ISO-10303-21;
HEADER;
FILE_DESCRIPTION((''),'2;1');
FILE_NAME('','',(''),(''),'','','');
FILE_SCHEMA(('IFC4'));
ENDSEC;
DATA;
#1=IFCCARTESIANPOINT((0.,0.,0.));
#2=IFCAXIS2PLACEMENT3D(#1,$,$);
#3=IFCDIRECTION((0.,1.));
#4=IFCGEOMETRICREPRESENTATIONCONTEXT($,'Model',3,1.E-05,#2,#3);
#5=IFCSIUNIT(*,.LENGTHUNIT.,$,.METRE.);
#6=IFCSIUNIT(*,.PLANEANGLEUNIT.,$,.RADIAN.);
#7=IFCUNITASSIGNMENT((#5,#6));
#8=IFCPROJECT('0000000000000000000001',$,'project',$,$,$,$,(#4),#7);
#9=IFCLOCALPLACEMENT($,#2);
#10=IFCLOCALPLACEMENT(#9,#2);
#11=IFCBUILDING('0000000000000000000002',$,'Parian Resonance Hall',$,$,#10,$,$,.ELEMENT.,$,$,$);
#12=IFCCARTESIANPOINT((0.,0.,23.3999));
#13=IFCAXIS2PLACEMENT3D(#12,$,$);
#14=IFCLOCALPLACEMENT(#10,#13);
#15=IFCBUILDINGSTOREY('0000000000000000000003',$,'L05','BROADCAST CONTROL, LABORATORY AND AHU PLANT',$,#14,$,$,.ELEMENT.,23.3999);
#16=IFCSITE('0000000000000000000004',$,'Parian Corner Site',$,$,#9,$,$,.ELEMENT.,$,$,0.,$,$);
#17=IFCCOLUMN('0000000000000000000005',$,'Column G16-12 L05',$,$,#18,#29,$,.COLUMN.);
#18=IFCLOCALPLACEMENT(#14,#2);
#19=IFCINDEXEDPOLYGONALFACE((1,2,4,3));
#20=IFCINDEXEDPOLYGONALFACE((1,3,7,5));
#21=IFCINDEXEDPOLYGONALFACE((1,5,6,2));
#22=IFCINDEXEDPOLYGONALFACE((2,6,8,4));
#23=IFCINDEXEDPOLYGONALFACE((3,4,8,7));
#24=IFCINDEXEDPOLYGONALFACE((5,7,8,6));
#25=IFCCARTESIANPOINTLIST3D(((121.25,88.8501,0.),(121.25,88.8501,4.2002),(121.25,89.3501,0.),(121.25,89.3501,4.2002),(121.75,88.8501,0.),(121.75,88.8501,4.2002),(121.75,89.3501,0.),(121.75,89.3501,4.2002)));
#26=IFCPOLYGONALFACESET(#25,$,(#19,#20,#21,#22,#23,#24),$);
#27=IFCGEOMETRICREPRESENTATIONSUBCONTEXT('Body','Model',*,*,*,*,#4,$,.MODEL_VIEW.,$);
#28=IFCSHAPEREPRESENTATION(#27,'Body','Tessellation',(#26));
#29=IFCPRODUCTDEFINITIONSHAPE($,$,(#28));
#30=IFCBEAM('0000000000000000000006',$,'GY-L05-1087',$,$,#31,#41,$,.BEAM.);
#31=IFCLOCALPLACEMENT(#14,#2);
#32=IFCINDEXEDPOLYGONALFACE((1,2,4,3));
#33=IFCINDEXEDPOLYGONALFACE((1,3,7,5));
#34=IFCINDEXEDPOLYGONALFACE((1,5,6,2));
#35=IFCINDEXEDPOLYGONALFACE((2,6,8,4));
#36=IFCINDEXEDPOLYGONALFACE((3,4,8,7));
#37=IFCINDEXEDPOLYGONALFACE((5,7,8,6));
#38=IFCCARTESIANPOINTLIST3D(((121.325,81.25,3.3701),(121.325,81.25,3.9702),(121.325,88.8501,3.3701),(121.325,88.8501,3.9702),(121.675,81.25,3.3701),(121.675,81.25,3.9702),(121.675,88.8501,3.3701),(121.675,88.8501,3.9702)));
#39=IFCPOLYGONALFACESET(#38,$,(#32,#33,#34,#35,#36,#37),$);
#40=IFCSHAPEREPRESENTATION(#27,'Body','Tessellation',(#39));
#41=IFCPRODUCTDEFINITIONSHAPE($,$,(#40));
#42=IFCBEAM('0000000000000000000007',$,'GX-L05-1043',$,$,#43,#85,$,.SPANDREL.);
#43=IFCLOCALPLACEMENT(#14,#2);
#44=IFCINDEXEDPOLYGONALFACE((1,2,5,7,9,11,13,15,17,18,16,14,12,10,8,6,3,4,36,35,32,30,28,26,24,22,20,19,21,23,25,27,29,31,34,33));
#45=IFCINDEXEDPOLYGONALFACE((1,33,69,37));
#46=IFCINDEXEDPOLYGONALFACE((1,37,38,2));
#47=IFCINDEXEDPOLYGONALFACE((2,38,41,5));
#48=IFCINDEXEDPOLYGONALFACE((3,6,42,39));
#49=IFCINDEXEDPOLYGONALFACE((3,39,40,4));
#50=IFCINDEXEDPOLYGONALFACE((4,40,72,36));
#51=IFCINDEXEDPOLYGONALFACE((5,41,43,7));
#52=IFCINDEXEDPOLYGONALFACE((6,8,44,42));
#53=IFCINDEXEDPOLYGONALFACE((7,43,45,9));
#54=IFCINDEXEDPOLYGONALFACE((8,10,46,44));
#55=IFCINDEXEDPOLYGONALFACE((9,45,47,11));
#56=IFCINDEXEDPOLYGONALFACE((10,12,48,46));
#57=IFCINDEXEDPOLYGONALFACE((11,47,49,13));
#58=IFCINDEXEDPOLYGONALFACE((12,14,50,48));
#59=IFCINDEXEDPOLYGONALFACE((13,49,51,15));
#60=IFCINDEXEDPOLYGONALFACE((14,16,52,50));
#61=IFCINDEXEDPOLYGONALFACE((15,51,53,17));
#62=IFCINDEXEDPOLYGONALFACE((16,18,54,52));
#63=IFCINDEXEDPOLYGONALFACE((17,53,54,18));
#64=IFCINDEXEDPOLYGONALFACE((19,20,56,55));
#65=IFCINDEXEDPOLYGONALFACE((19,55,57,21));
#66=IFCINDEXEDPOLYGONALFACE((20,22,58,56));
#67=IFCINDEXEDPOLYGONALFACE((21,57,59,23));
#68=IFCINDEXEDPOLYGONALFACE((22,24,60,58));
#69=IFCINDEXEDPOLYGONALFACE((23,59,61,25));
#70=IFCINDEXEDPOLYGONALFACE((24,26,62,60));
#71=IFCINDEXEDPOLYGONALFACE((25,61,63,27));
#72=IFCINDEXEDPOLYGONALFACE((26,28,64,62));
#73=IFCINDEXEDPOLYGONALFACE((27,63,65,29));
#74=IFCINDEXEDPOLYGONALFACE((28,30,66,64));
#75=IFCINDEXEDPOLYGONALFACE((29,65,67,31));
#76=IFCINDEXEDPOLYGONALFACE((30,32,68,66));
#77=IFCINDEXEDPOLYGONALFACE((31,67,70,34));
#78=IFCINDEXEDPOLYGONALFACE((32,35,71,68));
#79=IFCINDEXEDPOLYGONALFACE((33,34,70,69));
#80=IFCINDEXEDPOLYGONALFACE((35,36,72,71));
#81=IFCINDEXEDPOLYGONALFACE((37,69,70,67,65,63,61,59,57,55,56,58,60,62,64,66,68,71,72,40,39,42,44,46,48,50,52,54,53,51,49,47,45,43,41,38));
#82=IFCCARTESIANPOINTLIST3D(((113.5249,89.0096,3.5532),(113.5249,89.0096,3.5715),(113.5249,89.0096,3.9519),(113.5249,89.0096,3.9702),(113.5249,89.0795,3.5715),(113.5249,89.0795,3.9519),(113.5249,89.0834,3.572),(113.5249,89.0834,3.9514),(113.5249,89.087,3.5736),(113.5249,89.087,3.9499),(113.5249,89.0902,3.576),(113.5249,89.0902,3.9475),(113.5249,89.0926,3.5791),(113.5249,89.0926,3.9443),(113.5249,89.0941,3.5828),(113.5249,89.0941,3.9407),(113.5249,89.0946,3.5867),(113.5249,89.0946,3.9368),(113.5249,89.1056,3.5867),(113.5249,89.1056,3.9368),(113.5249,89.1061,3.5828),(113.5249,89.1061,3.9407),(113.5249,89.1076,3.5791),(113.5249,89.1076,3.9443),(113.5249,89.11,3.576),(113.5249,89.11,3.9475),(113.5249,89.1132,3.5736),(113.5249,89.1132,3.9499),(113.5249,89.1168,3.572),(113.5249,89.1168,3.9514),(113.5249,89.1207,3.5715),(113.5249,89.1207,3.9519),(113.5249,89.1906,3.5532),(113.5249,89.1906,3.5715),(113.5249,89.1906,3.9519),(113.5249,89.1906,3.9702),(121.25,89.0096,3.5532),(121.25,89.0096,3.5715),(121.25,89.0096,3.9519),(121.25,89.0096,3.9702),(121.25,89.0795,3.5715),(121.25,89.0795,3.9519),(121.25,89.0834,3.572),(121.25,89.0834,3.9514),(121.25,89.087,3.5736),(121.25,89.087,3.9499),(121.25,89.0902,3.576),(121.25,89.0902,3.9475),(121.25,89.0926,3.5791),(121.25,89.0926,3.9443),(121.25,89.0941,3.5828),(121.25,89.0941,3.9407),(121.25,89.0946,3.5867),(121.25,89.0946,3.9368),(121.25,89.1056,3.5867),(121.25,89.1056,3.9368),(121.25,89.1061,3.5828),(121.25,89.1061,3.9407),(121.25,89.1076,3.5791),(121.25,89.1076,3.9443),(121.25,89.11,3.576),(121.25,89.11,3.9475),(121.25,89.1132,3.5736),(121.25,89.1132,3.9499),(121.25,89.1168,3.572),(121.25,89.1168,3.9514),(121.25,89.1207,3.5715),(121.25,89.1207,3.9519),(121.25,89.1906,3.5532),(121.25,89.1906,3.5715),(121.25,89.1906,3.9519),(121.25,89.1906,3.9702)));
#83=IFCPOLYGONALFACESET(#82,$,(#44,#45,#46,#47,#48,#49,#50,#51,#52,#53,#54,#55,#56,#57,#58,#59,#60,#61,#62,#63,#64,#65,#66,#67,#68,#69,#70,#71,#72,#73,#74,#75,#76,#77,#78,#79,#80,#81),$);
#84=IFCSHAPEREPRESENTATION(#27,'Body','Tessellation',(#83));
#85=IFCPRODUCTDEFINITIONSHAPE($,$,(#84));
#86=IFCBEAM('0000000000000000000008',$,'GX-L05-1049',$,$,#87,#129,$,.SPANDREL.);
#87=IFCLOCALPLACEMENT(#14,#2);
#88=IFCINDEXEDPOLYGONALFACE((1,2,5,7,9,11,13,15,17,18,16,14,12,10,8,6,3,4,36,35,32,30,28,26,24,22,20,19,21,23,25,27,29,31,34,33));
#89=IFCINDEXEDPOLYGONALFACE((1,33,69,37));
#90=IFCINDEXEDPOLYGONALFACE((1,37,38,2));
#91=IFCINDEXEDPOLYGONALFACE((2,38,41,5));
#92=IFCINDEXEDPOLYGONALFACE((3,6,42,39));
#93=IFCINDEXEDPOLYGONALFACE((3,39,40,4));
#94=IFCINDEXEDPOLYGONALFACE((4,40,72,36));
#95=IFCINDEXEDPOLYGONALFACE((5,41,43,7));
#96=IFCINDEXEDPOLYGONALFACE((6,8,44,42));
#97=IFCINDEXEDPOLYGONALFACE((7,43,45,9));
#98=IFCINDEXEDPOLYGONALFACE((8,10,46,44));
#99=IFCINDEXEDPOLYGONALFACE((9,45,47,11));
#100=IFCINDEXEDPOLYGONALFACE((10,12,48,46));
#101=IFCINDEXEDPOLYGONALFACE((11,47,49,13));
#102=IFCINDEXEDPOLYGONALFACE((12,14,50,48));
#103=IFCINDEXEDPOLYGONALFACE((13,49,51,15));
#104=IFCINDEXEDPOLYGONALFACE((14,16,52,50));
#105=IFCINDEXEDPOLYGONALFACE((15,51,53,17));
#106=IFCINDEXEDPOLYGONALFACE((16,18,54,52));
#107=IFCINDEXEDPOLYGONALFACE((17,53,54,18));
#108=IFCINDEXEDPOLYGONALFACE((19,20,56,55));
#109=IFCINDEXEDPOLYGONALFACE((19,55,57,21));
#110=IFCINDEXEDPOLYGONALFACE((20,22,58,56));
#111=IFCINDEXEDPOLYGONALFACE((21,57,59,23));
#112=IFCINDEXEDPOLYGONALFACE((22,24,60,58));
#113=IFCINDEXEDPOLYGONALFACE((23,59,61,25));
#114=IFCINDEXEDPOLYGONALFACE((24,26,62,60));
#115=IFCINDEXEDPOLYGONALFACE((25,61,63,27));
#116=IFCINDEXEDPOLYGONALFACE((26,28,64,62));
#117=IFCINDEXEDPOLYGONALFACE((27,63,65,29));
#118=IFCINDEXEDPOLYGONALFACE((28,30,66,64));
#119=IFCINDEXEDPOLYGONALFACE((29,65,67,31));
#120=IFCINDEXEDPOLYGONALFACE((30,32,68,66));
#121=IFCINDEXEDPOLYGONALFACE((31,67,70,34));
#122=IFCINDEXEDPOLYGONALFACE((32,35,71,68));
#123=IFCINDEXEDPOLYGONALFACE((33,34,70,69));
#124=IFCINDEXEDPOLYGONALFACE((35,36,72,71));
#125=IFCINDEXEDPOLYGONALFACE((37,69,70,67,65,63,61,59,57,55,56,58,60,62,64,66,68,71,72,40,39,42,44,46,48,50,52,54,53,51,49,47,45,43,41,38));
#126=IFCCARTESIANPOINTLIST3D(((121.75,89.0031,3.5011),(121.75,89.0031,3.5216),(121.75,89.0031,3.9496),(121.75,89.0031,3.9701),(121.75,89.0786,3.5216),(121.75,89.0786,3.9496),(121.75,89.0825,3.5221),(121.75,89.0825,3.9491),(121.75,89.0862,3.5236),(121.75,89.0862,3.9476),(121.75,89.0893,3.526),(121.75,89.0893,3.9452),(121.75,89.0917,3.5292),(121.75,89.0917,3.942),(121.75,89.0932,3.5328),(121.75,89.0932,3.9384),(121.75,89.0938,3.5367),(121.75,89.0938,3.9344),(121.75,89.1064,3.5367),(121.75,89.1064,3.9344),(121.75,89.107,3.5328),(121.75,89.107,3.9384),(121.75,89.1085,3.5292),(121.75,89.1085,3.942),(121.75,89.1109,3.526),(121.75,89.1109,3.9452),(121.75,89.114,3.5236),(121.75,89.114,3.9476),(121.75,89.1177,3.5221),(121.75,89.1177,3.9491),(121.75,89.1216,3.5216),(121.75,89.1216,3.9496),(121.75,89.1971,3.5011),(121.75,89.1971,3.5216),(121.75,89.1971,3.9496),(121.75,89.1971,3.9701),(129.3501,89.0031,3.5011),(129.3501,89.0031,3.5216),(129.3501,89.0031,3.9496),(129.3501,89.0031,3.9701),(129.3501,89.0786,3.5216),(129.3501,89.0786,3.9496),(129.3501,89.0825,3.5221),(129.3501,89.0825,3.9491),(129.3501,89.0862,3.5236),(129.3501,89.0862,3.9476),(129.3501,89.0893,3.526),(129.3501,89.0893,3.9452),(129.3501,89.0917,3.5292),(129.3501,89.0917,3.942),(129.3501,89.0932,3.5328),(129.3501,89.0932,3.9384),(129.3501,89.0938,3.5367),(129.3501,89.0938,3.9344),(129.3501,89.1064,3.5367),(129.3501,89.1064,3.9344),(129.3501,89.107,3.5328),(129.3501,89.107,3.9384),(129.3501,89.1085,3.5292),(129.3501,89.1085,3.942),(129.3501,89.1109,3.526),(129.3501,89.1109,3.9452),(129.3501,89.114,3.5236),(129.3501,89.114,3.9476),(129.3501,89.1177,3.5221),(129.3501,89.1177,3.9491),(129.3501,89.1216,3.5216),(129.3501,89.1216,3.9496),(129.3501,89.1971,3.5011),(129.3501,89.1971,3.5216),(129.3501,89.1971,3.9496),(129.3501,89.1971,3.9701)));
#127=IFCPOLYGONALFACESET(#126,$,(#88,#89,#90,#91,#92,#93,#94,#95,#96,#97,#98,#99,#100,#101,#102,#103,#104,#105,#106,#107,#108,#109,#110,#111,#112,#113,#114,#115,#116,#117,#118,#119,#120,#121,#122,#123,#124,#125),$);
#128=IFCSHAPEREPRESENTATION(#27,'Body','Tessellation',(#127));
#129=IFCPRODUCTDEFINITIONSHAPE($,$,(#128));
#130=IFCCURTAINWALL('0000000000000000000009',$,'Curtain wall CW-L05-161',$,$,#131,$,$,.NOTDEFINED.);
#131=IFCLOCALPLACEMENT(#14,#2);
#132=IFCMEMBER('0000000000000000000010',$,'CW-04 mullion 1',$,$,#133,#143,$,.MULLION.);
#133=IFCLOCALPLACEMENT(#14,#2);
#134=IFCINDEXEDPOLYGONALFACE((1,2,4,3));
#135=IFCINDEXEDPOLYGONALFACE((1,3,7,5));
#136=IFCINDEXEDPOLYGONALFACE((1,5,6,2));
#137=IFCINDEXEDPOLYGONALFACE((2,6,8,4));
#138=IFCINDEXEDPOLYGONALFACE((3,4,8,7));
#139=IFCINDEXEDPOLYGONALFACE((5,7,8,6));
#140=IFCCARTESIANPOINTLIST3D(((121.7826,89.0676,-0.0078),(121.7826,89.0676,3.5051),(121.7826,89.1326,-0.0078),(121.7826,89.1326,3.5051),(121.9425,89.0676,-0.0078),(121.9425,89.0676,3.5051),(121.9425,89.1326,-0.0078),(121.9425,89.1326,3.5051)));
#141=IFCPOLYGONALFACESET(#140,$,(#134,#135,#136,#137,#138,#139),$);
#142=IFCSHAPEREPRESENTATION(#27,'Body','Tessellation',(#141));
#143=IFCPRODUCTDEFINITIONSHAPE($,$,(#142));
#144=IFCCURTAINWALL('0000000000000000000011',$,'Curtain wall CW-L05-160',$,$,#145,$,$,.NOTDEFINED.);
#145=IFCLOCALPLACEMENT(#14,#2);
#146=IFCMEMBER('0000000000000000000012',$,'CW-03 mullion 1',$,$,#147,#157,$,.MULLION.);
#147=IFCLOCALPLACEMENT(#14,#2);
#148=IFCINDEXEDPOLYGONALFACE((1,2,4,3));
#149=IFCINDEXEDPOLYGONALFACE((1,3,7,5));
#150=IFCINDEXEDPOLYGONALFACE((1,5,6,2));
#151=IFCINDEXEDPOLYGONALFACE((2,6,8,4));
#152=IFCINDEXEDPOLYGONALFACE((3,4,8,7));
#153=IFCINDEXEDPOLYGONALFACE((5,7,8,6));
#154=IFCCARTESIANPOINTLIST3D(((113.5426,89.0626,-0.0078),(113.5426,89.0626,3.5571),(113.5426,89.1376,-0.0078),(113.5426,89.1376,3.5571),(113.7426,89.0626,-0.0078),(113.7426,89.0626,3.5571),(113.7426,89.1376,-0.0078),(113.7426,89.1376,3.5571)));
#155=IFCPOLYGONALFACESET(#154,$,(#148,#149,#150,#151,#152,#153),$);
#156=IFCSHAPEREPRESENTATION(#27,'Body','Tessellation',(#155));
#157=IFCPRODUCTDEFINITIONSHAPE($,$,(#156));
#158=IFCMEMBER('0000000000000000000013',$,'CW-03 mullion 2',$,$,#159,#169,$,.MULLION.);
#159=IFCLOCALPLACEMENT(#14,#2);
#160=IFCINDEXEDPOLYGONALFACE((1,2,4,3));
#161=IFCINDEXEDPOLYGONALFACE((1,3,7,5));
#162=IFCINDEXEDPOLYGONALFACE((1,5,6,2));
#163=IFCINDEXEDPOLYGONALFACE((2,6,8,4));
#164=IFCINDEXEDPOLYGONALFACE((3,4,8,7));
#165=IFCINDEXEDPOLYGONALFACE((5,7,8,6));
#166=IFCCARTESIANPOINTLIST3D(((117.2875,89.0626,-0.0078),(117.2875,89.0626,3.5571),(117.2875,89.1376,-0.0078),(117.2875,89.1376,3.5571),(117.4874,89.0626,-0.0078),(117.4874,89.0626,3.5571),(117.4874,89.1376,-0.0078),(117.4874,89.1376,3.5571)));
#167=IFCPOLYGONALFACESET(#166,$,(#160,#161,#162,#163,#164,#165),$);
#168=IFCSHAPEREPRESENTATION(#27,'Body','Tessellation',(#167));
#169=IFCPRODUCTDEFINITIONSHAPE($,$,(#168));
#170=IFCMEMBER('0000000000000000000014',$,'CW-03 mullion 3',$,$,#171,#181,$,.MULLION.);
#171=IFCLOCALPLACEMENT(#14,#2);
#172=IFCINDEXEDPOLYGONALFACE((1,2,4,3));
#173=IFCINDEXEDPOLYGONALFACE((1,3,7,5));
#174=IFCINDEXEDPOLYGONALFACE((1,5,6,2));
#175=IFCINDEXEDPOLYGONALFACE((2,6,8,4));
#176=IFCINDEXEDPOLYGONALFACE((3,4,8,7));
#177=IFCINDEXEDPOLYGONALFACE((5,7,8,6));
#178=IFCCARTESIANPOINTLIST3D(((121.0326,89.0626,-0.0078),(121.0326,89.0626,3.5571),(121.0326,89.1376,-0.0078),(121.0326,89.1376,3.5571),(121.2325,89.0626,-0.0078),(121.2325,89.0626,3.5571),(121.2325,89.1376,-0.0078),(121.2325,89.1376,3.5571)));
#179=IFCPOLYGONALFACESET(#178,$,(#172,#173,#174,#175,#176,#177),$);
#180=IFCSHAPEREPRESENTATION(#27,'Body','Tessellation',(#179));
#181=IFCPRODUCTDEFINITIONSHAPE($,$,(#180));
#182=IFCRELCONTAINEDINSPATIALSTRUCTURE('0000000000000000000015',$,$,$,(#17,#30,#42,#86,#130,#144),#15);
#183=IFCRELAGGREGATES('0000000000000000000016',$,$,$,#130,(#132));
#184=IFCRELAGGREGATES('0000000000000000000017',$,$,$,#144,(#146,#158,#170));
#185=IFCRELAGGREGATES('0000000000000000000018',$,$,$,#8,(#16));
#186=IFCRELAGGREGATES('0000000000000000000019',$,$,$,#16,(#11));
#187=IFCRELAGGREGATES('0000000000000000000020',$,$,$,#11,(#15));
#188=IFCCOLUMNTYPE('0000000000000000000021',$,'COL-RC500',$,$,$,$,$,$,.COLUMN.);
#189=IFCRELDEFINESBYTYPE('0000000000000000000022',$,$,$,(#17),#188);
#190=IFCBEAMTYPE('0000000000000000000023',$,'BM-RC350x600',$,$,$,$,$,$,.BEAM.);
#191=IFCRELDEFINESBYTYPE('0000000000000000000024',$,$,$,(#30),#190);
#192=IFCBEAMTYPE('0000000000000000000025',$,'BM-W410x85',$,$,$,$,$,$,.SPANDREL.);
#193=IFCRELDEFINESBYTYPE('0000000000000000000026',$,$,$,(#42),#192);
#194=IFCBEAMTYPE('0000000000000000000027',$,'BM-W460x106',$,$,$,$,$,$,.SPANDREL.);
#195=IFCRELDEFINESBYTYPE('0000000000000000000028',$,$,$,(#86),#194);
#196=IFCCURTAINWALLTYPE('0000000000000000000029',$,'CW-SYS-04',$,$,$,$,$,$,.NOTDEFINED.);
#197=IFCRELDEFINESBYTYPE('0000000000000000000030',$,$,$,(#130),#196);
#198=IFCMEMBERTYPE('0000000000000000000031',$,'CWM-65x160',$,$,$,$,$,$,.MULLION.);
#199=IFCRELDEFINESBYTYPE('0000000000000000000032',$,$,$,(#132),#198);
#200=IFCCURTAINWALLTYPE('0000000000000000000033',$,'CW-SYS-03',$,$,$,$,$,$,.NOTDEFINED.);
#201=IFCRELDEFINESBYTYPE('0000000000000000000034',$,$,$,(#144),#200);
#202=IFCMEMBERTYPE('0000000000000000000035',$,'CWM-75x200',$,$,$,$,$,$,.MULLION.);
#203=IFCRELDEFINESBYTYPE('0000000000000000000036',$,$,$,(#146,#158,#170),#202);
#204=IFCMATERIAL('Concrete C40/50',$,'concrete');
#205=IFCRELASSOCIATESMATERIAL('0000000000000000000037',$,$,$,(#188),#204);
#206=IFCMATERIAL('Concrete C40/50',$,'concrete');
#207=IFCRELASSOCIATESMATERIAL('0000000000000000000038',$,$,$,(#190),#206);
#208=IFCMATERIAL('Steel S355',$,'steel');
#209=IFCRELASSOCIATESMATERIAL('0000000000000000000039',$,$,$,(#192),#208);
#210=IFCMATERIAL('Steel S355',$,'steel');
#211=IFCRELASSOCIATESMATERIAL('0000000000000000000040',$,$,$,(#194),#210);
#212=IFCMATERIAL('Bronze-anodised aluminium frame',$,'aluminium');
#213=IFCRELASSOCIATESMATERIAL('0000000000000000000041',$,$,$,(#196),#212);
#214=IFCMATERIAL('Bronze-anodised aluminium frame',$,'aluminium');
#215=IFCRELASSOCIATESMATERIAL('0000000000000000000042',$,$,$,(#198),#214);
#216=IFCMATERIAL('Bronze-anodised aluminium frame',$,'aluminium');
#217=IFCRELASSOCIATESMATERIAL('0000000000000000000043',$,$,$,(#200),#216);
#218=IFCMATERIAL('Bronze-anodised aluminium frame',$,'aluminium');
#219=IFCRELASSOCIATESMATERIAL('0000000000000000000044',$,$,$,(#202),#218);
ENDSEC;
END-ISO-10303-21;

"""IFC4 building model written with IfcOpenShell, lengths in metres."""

from ifc_helpers import new_model, si_unit, direction, frame, origin, origin_2d, place, context, subcontext, project, spatial, rectangle, i_section, extrude, material, material_profile, profile_set, type_object, element, aggregate, save


model = new_model("IFC4")

# Units and contexts
model_context = context("Model", 3, precision=1e-05, world=origin(), true_north=direction((0.0, 1.0)))
body_context = subcontext(model_context, "Body", "Model", "MODEL_VIEW")
ifc_project = project(units=[si_unit("LENGTHUNIT", "METRE"), si_unit("PLANEANGLEUNIT", "RADIAN")], contexts=[model_context])

# Site, building, storey
site_placement = place(None, origin())
site = spatial("IfcSite", under=ifc_project, at=site_placement, Name="Parian Corner Site", CompositionType="ELEMENT", RefElevation=0.0)
building_placement = place(site_placement, origin())
building = spatial("IfcBuilding", under=site, at=building_placement, Name="Parian Resonance Hall", CompositionType="ELEMENT")
storey_placement = place(building_placement, frame((0.0, 0.0, 23.3999)))
storey = spatial("IfcBuildingStorey", under=building, at=storey_placement, Name="L05", Description="BROADCAST CONTROL, LABORATORY AND AHU PLANT", CompositionType="ELEMENT", Elevation=23.3999)

# Column
ifc_material_1 = material(Name="Concrete C40/50", Category="concrete")
ifc_material_profile_1 = material_profile(ifc_material_1, rectangle(XDim=0.5, YDim=0.5, at=origin_2d()), Name="RC-COL-500x500")
ifc_profile_set_1 = profile_set([ifc_material_profile_1], Name="Concrete C40/50")
column_type = type_object("IfcColumnType", Name="COL-RC500", PredefinedType="COLUMN", material=ifc_profile_set_1)
column_placement = place(storey_placement, frame((121.5, 89.1001, 0.0), z_axis=(0.0, 0.0, 1.0), x_axis=(1.0, 0.0, 0.0)))
element("IfcColumn", 1, at=column_placement, inside=storey, type_object=column_type, Name="Column G16-12 L05", PredefinedType="COLUMN", context=body_context, shape_type="SweptSolid", body=[
    extrude(rectangle(XDim=0.5, YDim=0.5, at=origin_2d()), origin(), (0.0, 0.0, 1.0), 4.2002),
])

# Beams
ifc_material_2 = material(Name="Concrete C40/50", Category="concrete")
ifc_material_profile_2 = material_profile(ifc_material_2, rectangle(XDim=0.3501, YDim=0.6001, at=origin_2d()), Name="RC-BM-350x600")
ifc_profile_set_2 = profile_set([ifc_material_profile_2], Name="Concrete C40/50")
beam_type_1 = type_object("IfcBeamType", Name="BM-RC350x600", PredefinedType="BEAM", material=ifc_profile_set_2)
beam_1_placement = place(storey_placement, frame((121.5, 81.25, 3.6702), z_axis=(0.0, 1.0, 0.0), x_axis=(-1.0, 0.0, 0.0)))
element("IfcBeam", 2, at=beam_1_placement, inside=storey, type_object=beam_type_1, Name="GY-L05-1087", PredefinedType="BEAM", context=body_context, shape_type="SweptSolid", body=[
    extrude(rectangle(XDim=0.3501, YDim=0.6001, at=origin_2d()), origin(), (0.0, 0.0, 1.0), 7.6001),
])
ifc_material_3 = material(Name="Steel S355", Category="steel")
ifc_material_profile_3 = material_profile(ifc_material_3, i_section(OverallWidth=0.1809, OverallDepth=0.417, WebThickness=0.011, FlangeThickness=0.0183, FilletRadius=0.0151, at=origin_2d()), Name="W410x85")
ifc_profile_set_3 = profile_set([ifc_material_profile_3], Name="Steel S355")
beam_type_2 = type_object("IfcBeamType", Name="BM-W410x85", PredefinedType="SPANDREL", material=ifc_profile_set_3)
beam_2_placement = place(storey_placement, frame((113.5249, 89.1001, 3.7617), z_axis=(1.0, 0.0, 0.0), x_axis=(0.0, 1.0, 0.0)))
element("IfcBeam", 3, at=beam_2_placement, inside=storey, type_object=beam_type_2, Name="GX-L05-1043", PredefinedType="SPANDREL", context=body_context, shape_type="SweptSolid", body=[
    extrude(i_section(OverallWidth=0.1809, OverallDepth=0.417, WebThickness=0.011, FlangeThickness=0.0183, FilletRadius=0.0151, at=origin_2d()), origin(), (0.0, 0.0, 1.0), 7.7251),
])
ifc_material_4 = material(Name="Steel S355", Category="steel")
ifc_material_profile_4 = material_profile(ifc_material_4, i_section(OverallWidth=0.1941, OverallDepth=0.469, WebThickness=0.0127, FlangeThickness=0.0205, FilletRadius=0.0151, at=origin_2d()), Name="W460x106")
ifc_profile_set_4 = profile_set([ifc_material_profile_4], Name="Steel S355")
beam_type_3 = type_object("IfcBeamType", Name="BM-W460x106", PredefinedType="SPANDREL", material=ifc_profile_set_4)
beam_3_placement = place(storey_placement, frame((121.75, 89.1001, 3.7356), z_axis=(1.0, 0.0, 0.0), x_axis=(0.0, 1.0, 0.0)))
element("IfcBeam", 4, at=beam_3_placement, inside=storey, type_object=beam_type_3, Name="GX-L05-1049", PredefinedType="SPANDREL", context=body_context, shape_type="SweptSolid", body=[
    extrude(i_section(OverallWidth=0.1941, OverallDepth=0.469, WebThickness=0.0127, FlangeThickness=0.0205, FilletRadius=0.0151, at=origin_2d()), origin(), (0.0, 0.0, 1.0), 7.6001),
])

# Curtain wall, member
ifc_material_5 = material(Name="Bronze-anodised aluminium frame", Category="aluminium")
curtain_wall_type_1 = type_object("IfcCurtainWallType", Name="CW-SYS-04", PredefinedType="NOTDEFINED", material=ifc_material_5)
curtain_wall_1_placement = place(storey_placement, origin())
curtain_wall_1 = element("IfcCurtainWall", 5, at=curtain_wall_1_placement, inside=storey, type_object=curtain_wall_type_1, Name="Curtain wall CW-L05-161", PredefinedType="NOTDEFINED")
ifc_material_6 = material(Name="Bronze-anodised aluminium frame", Category="aluminium")
ifc_material_profile_5 = material_profile(ifc_material_6, rectangle(XDim=0.0649, YDim=0.1599, at=origin_2d()), Name="CWM-65x160")
ifc_profile_set_5 = profile_set([ifc_material_profile_5], Name="Bronze-anodised aluminium frame")
member_type_1 = type_object("IfcMemberType", Name="CWM-65x160", PredefinedType="MULLION", material=ifc_profile_set_5)
member_1_placement = place(storey_placement, frame((121.8625, 89.1001, -0.0078), z_axis=(0.0, 0.0, 1.0), x_axis=(0.0, 1.0, 0.0)))
member_1 = element("IfcMember", 6, at=member_1_placement, type_object=member_type_1, Name="CW-04 mullion 1", PredefinedType="MULLION", context=body_context, shape_type="SweptSolid", body=[
    extrude(rectangle(XDim=0.0649, YDim=0.1599, at=origin_2d()), origin(), (0.0, 0.0, 1.0), 3.5129),
])

# Curtain wall, members
ifc_material_7 = material(Name="Bronze-anodised aluminium frame", Category="aluminium")
curtain_wall_type_2 = type_object("IfcCurtainWallType", Name="CW-SYS-03", PredefinedType="NOTDEFINED", material=ifc_material_7)
curtain_wall_2_placement = place(storey_placement, origin())
curtain_wall_2 = element("IfcCurtainWall", 7, at=curtain_wall_2_placement, inside=storey, type_object=curtain_wall_type_2, Name="Curtain wall CW-L05-160", PredefinedType="NOTDEFINED")
ifc_material_8 = material(Name="Bronze-anodised aluminium frame", Category="aluminium")
ifc_material_profile_6 = material_profile(ifc_material_8, rectangle(XDim=0.075, YDim=0.2, at=origin_2d()), Name="CWM-75x200")
ifc_profile_set_6 = profile_set([ifc_material_profile_6], Name="Bronze-anodised aluminium frame")
member_type_2 = type_object("IfcMemberType", Name="CWM-75x200", PredefinedType="MULLION", material=ifc_profile_set_6)
member_2_placement = place(storey_placement, frame((113.6426, 89.1001, -0.0078), z_axis=(0.0, 0.0, 1.0), x_axis=(0.0, 1.0, 0.0)))
member_2 = element("IfcMember", 8, at=member_2_placement, type_object=member_type_2, Name="CW-03 mullion 1", PredefinedType="MULLION", context=body_context, shape_type="SweptSolid", body=[
    extrude(rectangle(XDim=0.075, YDim=0.2, at=origin_2d()), origin(), (0.0, 0.0, 1.0), 3.5649),
])
member_3_placement = place(storey_placement, frame((117.3875, 89.1001, -0.0078), z_axis=(0.0, 0.0, 1.0), x_axis=(0.0, 1.0, 0.0)))
member_3 = element("IfcMember", 9, at=member_3_placement, type_object=member_type_2, Name="CW-03 mullion 2", PredefinedType="MULLION", context=body_context, shape_type="SweptSolid", body=[
    extrude(rectangle(XDim=0.075, YDim=0.2, at=origin_2d()), origin(), (0.0, 0.0, 1.0), 3.5649),
])
member_4_placement = place(storey_placement, frame((121.1326, 89.1001, -0.0078), z_axis=(0.0, 0.0, 1.0), x_axis=(0.0, 1.0, 0.0)))
member_4 = element("IfcMember", 10, at=member_4_placement, type_object=member_type_2, Name="CW-03 mullion 3", PredefinedType="MULLION", context=body_context, shape_type="SweptSolid", body=[
    extrude(rectangle(XDim=0.075, YDim=0.2, at=origin_2d()), origin(), (0.0, 0.0, 1.0), 3.5649),
])

aggregate(curtain_wall_1, [member_1])

aggregate(curtain_wall_2, [member_2, member_3, member_4])

save(model, "model.ifc")
